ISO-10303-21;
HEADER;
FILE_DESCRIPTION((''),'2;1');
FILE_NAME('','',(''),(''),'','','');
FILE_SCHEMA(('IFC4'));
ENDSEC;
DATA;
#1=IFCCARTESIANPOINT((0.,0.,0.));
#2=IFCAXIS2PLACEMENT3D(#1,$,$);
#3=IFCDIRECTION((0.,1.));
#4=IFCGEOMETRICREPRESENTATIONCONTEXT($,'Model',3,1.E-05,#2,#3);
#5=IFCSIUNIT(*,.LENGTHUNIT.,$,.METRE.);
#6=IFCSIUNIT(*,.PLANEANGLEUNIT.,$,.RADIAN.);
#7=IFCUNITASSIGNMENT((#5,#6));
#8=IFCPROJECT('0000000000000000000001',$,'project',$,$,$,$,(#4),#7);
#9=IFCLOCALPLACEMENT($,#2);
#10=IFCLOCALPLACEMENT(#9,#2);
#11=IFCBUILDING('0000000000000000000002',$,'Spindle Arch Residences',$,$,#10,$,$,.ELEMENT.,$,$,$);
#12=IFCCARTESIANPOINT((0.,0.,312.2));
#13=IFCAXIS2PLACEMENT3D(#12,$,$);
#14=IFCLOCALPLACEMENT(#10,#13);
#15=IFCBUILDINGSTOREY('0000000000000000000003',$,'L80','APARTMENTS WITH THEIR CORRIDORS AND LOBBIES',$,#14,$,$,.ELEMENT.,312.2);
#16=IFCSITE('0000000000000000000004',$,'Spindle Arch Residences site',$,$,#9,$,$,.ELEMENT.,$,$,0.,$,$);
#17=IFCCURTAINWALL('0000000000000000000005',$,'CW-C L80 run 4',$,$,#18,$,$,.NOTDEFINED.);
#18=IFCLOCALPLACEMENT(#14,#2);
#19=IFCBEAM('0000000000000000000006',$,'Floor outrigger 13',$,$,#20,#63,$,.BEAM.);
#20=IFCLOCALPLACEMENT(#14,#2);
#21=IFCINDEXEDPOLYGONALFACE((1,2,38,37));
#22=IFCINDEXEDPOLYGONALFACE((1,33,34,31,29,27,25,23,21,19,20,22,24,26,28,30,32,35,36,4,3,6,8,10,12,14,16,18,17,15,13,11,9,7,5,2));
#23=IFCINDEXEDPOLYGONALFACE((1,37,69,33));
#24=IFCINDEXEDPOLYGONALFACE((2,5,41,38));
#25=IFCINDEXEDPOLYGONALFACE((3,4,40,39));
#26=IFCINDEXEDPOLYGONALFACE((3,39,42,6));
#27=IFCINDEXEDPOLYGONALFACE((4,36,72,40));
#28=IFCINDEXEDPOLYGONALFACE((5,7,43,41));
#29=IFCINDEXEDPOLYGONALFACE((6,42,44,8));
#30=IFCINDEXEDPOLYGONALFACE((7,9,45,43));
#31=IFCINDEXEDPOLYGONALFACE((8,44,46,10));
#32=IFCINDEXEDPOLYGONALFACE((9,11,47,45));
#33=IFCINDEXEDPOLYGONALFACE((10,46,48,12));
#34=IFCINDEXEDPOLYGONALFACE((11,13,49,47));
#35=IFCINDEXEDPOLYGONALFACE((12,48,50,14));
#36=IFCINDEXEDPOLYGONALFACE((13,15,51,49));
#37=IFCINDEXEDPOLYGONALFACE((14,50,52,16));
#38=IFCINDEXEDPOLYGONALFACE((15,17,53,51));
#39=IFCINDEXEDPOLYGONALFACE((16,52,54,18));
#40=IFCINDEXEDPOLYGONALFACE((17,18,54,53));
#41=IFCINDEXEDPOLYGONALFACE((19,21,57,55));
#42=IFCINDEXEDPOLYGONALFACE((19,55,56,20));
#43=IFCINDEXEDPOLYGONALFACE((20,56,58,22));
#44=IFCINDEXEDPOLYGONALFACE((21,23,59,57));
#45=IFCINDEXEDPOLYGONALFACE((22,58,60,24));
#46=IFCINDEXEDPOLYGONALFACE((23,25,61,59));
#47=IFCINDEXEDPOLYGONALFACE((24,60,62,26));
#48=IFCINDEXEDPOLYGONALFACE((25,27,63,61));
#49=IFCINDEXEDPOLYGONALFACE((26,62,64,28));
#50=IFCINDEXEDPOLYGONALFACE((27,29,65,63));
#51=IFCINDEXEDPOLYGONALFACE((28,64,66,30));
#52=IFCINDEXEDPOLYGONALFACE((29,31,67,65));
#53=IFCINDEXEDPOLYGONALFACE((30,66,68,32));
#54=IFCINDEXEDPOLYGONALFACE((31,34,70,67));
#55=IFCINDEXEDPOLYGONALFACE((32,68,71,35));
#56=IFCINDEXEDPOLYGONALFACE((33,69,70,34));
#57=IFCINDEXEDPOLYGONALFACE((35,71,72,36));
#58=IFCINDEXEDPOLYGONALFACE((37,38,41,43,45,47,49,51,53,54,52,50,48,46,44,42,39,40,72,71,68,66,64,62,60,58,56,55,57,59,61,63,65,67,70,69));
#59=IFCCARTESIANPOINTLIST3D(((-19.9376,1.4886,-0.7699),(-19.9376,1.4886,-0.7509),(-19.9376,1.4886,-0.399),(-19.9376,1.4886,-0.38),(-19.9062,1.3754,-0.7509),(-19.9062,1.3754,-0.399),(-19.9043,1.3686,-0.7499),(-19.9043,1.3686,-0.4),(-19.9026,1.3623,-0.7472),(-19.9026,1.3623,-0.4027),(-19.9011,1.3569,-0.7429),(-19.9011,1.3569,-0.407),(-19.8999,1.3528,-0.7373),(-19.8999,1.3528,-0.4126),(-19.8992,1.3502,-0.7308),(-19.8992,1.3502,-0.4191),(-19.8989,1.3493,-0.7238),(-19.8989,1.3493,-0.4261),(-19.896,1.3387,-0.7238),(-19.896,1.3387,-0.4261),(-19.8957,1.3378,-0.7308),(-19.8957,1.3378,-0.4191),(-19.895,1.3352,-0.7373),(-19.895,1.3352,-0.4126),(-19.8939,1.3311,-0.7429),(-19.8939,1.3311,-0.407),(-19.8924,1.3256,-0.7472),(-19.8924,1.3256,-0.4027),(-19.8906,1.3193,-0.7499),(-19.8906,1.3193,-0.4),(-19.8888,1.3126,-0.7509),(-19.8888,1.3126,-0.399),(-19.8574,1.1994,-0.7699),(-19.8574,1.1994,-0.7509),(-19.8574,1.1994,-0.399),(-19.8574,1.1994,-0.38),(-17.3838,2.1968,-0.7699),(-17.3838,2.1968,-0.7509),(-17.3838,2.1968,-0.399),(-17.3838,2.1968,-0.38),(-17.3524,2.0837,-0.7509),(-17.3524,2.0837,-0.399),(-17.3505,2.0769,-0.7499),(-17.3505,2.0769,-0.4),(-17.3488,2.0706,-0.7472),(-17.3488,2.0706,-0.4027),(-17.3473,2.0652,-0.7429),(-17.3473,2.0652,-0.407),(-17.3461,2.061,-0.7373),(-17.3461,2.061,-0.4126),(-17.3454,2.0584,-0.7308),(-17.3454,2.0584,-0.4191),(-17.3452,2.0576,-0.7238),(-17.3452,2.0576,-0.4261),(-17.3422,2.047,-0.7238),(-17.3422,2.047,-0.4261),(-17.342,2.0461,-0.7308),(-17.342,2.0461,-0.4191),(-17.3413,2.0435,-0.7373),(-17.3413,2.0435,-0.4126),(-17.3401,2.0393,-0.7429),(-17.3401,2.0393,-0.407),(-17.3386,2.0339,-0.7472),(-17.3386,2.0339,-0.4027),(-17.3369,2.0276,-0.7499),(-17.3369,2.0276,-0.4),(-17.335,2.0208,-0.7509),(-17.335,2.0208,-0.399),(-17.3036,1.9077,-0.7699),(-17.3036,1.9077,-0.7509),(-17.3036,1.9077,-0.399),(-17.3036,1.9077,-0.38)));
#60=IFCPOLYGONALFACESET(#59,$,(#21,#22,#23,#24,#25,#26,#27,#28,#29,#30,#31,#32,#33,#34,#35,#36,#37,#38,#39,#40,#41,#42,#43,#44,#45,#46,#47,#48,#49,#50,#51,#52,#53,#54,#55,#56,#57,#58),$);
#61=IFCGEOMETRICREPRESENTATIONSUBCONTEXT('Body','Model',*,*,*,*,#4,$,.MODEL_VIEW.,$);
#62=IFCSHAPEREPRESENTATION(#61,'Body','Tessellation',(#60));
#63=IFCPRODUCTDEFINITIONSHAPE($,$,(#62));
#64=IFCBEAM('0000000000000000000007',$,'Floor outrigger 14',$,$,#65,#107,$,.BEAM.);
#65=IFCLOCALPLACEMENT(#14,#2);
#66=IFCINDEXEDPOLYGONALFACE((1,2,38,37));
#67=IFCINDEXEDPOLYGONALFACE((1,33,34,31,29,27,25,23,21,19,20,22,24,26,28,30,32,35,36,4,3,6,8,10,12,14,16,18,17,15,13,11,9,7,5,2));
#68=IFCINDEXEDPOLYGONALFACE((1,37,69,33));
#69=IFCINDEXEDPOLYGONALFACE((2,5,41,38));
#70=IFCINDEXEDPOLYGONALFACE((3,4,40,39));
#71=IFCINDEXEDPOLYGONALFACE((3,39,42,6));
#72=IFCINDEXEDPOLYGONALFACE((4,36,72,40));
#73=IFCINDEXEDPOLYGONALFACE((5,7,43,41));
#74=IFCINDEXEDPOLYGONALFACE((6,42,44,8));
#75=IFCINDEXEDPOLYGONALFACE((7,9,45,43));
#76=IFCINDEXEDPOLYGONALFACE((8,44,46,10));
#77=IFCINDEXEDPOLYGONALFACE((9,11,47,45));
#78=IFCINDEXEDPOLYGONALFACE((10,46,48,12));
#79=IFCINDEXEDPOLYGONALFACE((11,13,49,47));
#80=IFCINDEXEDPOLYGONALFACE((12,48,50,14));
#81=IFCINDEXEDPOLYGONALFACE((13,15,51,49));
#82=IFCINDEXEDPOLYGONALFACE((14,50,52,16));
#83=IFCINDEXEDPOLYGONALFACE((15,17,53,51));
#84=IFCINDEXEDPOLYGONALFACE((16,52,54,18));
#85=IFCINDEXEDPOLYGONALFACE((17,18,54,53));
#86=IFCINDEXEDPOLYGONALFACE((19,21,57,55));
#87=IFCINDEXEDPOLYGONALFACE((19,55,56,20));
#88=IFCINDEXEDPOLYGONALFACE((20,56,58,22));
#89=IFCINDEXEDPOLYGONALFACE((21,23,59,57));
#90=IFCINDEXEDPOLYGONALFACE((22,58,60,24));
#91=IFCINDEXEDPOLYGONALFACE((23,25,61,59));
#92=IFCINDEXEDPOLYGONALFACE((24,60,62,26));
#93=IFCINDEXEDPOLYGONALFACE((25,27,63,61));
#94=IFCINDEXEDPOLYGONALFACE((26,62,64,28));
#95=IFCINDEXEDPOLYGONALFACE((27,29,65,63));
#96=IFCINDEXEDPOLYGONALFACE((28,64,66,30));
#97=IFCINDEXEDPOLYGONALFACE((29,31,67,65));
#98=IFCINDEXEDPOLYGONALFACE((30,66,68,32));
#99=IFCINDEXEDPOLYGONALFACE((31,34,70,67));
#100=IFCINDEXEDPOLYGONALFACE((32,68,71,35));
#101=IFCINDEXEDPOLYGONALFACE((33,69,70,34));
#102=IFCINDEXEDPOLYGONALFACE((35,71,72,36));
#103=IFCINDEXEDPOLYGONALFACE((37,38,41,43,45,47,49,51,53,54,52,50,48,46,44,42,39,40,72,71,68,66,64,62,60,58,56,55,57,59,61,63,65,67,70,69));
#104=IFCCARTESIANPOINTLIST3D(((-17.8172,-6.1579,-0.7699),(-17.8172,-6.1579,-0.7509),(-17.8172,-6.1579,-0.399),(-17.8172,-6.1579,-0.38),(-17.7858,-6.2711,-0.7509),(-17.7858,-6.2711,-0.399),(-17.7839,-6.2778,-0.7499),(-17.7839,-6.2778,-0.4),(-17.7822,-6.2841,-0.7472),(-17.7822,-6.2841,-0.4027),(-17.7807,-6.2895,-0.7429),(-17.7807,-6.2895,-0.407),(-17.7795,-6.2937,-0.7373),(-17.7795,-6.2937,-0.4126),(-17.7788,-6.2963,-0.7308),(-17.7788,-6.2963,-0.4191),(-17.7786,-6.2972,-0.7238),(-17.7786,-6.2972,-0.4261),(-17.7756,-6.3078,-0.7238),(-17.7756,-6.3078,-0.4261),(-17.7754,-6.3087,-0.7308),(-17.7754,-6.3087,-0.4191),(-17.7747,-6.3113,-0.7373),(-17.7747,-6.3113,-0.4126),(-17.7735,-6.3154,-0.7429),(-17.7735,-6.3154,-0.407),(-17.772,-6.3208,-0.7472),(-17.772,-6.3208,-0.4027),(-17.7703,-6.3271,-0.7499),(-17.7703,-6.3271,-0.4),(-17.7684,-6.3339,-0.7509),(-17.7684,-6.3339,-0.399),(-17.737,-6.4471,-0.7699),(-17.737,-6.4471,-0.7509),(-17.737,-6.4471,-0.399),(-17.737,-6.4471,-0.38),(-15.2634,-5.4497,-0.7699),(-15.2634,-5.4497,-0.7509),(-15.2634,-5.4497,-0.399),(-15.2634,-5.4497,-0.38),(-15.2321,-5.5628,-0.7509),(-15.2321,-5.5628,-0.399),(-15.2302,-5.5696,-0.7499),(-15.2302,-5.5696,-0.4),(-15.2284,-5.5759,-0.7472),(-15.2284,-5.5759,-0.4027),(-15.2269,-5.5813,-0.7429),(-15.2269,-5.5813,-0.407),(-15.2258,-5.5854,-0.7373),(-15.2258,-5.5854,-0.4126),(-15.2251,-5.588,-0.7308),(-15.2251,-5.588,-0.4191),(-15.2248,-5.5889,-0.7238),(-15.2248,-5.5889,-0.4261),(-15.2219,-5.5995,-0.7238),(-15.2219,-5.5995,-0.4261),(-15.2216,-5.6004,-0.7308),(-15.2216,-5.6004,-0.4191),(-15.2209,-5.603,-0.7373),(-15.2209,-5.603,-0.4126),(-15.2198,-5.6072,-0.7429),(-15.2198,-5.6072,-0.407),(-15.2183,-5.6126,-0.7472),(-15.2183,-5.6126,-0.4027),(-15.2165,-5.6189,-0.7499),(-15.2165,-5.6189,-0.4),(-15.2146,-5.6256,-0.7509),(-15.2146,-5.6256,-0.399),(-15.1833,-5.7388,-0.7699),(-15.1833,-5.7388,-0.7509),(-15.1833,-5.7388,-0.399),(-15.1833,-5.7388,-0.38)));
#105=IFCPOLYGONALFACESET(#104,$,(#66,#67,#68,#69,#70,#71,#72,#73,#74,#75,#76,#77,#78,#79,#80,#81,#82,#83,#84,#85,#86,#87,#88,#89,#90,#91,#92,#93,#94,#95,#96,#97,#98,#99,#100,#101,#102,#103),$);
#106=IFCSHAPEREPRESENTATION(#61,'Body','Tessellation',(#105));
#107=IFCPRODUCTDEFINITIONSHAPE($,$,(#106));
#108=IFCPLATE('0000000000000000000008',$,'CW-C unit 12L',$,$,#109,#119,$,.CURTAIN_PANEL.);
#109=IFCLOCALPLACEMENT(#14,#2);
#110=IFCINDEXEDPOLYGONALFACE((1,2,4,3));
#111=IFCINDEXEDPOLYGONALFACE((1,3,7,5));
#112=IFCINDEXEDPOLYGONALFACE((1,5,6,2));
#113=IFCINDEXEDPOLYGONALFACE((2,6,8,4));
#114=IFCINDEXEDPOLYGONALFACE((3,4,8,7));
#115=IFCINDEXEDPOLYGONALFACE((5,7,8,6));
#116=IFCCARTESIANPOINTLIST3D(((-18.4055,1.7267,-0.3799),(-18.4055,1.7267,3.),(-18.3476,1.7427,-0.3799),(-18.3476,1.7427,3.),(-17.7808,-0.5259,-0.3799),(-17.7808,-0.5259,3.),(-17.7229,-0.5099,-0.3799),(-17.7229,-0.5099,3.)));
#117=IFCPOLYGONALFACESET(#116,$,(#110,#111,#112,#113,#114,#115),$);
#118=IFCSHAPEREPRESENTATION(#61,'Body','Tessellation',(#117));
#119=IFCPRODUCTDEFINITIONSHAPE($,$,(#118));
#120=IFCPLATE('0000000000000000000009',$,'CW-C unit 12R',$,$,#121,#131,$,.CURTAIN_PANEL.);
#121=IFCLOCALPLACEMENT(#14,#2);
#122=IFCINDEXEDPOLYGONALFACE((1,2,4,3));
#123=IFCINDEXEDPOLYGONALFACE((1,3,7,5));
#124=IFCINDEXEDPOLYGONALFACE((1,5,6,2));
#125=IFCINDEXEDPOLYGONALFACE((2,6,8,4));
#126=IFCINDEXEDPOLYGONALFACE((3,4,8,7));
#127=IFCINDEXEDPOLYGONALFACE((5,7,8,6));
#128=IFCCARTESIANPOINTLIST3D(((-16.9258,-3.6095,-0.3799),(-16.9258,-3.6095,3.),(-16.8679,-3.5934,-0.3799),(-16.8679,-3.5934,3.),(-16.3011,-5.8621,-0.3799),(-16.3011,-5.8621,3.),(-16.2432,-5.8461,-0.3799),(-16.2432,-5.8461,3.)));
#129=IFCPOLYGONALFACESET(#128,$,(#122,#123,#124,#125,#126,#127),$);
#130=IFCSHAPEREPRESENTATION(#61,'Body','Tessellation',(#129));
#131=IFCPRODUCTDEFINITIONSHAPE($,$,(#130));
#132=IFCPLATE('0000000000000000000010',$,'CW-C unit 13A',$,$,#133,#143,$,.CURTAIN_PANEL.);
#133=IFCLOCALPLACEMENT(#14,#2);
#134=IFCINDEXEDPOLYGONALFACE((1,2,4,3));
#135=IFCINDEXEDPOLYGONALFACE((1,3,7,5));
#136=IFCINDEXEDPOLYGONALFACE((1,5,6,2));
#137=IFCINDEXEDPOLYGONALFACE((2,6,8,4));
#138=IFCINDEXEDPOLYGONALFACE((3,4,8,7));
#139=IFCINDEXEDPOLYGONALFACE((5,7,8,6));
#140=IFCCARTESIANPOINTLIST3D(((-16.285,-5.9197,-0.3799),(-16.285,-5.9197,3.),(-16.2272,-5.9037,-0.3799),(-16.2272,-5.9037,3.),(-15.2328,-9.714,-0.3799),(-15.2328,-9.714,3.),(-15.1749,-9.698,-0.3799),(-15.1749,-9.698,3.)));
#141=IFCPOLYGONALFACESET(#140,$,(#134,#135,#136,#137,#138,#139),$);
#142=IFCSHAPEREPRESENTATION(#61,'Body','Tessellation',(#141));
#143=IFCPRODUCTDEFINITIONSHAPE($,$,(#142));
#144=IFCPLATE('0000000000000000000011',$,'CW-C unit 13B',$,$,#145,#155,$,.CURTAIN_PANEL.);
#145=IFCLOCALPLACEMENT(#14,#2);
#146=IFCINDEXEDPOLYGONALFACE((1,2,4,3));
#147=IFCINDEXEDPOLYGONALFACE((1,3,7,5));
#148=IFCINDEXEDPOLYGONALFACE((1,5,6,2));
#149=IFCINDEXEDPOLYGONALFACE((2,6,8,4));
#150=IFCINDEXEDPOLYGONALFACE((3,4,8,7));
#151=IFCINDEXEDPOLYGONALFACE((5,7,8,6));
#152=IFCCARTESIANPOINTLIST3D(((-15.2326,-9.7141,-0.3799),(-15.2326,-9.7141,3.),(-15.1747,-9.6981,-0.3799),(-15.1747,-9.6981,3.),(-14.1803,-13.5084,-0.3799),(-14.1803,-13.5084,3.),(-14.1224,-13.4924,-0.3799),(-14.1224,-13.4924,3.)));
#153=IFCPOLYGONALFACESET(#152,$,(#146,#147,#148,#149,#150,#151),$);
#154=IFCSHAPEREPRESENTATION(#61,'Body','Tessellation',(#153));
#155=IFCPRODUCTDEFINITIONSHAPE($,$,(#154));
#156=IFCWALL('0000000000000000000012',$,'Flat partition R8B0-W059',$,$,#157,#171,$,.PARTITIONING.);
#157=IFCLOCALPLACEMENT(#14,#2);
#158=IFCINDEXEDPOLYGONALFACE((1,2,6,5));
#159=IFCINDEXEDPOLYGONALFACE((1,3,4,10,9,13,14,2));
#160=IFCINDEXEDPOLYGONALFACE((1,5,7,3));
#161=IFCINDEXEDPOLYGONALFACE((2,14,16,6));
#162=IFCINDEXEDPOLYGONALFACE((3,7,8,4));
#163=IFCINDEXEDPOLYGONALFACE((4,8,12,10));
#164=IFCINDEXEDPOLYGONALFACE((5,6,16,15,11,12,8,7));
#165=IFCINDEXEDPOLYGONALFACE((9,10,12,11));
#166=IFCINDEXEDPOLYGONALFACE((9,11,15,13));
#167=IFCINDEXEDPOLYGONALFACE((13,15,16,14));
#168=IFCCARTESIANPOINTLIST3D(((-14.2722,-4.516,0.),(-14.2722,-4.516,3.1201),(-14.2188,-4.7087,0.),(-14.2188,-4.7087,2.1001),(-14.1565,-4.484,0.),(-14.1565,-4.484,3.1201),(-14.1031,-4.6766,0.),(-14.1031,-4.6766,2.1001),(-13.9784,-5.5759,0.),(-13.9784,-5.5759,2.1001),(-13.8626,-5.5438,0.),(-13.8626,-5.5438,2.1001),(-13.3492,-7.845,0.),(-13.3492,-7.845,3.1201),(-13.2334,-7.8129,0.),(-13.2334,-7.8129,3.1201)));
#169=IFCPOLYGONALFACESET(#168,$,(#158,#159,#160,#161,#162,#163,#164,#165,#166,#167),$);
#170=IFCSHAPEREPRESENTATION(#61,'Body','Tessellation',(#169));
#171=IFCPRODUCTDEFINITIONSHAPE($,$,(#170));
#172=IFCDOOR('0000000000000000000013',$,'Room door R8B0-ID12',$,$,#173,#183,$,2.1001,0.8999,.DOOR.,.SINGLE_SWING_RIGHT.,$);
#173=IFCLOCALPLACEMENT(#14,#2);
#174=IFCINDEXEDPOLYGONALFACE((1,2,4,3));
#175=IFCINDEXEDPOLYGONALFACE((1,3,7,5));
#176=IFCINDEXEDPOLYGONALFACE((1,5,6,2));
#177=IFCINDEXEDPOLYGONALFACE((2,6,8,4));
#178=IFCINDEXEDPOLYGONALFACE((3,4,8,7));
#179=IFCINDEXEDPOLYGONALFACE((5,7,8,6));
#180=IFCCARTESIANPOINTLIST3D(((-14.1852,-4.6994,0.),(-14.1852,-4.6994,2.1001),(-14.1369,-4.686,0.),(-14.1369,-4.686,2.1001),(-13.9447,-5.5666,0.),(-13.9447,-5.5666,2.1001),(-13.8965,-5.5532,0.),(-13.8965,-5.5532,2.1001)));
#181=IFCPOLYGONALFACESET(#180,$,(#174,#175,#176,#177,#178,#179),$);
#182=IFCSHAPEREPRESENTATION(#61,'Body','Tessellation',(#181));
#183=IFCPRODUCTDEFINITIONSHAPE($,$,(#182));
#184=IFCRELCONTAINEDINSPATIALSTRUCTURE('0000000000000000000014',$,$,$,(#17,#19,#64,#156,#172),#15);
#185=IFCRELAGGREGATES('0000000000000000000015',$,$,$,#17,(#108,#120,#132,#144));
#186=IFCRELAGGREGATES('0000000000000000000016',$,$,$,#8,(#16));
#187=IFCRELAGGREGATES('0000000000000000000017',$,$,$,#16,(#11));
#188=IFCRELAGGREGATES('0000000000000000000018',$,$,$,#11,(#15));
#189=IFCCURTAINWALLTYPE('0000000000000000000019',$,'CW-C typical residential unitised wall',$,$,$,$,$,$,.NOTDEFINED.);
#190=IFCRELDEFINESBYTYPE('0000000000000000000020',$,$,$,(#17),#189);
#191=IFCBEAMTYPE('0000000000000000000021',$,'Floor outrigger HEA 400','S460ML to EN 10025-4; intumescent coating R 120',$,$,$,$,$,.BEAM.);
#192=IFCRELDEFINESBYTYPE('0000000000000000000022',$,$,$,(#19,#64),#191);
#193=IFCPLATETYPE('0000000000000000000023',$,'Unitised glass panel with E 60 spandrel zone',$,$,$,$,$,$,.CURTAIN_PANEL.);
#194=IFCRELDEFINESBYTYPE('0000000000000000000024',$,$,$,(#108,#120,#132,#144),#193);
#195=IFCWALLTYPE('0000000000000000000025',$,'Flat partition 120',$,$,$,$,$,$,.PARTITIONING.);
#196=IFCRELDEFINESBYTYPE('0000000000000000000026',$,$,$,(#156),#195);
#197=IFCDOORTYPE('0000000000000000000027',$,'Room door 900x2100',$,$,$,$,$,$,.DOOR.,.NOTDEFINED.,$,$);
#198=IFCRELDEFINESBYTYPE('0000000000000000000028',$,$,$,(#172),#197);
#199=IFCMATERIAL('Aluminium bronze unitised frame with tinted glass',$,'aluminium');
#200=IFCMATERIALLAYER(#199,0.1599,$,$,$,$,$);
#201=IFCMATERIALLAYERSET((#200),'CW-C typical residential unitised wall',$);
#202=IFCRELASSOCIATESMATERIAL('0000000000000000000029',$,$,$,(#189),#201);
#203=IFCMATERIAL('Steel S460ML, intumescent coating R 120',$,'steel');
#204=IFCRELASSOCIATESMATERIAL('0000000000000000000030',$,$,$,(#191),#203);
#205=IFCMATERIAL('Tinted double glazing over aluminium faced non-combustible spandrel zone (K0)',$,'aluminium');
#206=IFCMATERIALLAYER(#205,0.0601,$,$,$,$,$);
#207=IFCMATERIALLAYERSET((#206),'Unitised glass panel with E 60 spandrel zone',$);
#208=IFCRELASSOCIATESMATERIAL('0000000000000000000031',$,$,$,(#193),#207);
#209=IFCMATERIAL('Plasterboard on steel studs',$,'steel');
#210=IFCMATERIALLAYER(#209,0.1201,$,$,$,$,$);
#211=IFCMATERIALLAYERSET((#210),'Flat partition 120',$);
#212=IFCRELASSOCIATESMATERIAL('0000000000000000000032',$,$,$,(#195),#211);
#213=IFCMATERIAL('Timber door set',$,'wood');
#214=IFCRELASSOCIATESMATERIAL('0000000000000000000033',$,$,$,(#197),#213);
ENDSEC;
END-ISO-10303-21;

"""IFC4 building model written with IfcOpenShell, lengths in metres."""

from ifc_helpers import new_model, si_unit, direction, frame, frame_2d, origin, origin_2d, place, context, subcontext, project, spatial, rectangle, i_section, extrude, material, layer, layer_set, material_profile, profile_set, type_object, element, fill, aggregate, save


model = new_model("IFC4")

# Units and contexts
model_context = context("Model", 3, precision=1e-05, world=origin(), true_north=direction((0.0, 1.0)))
body_context = subcontext(model_context, "Body", "Model", "MODEL_VIEW")
ifc_project = project(units=[si_unit("LENGTHUNIT", "METRE"), si_unit("PLANEANGLEUNIT", "RADIAN")], contexts=[model_context])

# Site, building, storey
site_placement = place(None, origin())
site = spatial("IfcSite", under=ifc_project, at=site_placement, Name="Spindle Arch Residences site", CompositionType="ELEMENT", RefElevation=0.0)
building_placement = place(site_placement, origin())
building = spatial("IfcBuilding", under=site, at=building_placement, Name="Spindle Arch Residences", CompositionType="ELEMENT")
storey_placement = place(building_placement, frame((0.0, 0.0, 312.2)))
storey = spatial("IfcBuildingStorey", under=building, at=storey_placement, Name="L80", Description="APARTMENTS WITH THEIR CORRIDORS AND LOBBIES", CompositionType="ELEMENT", Elevation=312.2)

# Curtain wall
ifc_material_1 = material(Name="Aluminium bronze unitised frame with tinted glass", Category="aluminium")
ifc_layer_1 = layer(ifc_material_1, 0.1599)
ifc_layer_set_1 = layer_set([ifc_layer_1], Name="CW-C typical residential unitised wall")
curtain_wall_type_1 = type_object("IfcCurtainWallType", Name="CW-C typical residential unitised wall", PredefinedType="NOTDEFINED", material=ifc_layer_set_1)
curtain_wall_1_placement = place(storey_placement, origin())
curtain_wall_1 = element("IfcCurtainWall", 1, at=curtain_wall_1_placement, inside=storey, type_object=curtain_wall_type_1, Name="CW-C L80 run 4", PredefinedType="NOTDEFINED")

# Beams
ifc_material_2 = material(Name="Steel S460ML, intumescent coating R 120", Category="steel")
ifc_material_profile_1 = material_profile(ifc_material_2, i_section(OverallWidth=0.3, OverallDepth=0.3899, WebThickness=0.011, FlangeThickness=0.019, FilletRadius=0.0271, at=origin_2d()), Name="HEA 400")
ifc_profile_set_1 = profile_set([ifc_material_profile_1], Name="Steel S460ML, intumescent coating R 120")
beam_type_1 = type_object("IfcBeamType", Name="Floor outrigger HEA 400", Description="S460ML to EN 10025-4; intumescent coating R 120", PredefinedType="BEAM", material=ifc_profile_set_1)
for number, where, z_axis, x_axis, name in (
    (2, (-19.8975, 1.344, -0.575), (0.963626, 0.267254, 0.0), (-0.267254, 0.963626, 0.0), "Floor outrigger 13"),
    (3, (-17.7771, -6.3025, -0.575), (0.963626, 0.267254, 0.0), (-0.267254, 0.963626, 0.0), "Floor outrigger 14"),
):
    element("IfcBeam", number, at=place(storey_placement, frame(where, z_axis=z_axis, x_axis=x_axis)), inside=storey, type_object=beam_type_1, Name=name, PredefinedType="BEAM", context=body_context, shape_type="SweptSolid", body=[
        extrude(i_section(OverallWidth=0.3, OverallDepth=0.3899, WebThickness=0.011, FlangeThickness=0.019, FilletRadius=0.0271, at=origin_2d()), origin(), (0.0, 0.0, 1.0), 2.6501),
    ])

# Plates
ifc_material_3 = material(Name="Tinted double glazing over aluminium faced non-combustible spandrel zone (K0)", Category="aluminium")
ifc_layer_2 = layer(ifc_material_3, 0.0601)
ifc_layer_set_2 = layer_set([ifc_layer_2], Name="Unitised glass panel with E 60 spandrel zone")
plate_type = type_object("IfcPlateType", Name="Unitised glass panel with E 60 spandrel zone", PredefinedType="CURTAIN_PANEL", material=ifc_layer_set_2)
plate_1_placement = place(storey_placement, frame((-18.0642, 0.6084, -0.3799), z_axis=(0.0, 0.0, 1.0), x_axis=(0.267238, -0.96363, 0.0)))
plate_1 = element("IfcPlate", 4, at=plate_1_placement, type_object=plate_type, Name="CW-C unit 12L", PredefinedType="CURTAIN_PANEL", context=body_context, shape_type="SweptSolid", body=[
    extrude(rectangle(XDim=2.3376, YDim=0.0601, at=origin_2d()), origin(), (0.0, 0.0, 1.0), 3.3799),
])
plate_2_placement = place(storey_placement, frame((-16.5845, -4.7278, -0.3799), z_axis=(0.0, 0.0, 1.0), x_axis=(0.267238, -0.96363, 0.0)))
plate_2 = element("IfcPlate", 5, at=plate_2_placement, type_object=plate_type, Name="CW-C unit 12R", PredefinedType="CURTAIN_PANEL", context=body_context, shape_type="SweptSolid", body=[
    extrude(rectangle(XDim=2.3376, YDim=0.0601, at=origin_2d()), origin(), (0.0, 0.0, 1.0), 3.3799),
])
plate_3_placement = place(storey_placement, frame((-15.73, -7.8088, -0.3799), z_axis=(0.0, 0.0, 1.0), x_axis=(0.267238, -0.96363, 0.0)))
plate_3 = element("IfcPlate", 6, at=plate_3_placement, type_object=plate_type, Name="CW-C unit 13A", PredefinedType="CURTAIN_PANEL", context=body_context, shape_type="SweptSolid", body=[
    extrude(rectangle(XDim=3.9375, YDim=0.0601, at=origin_2d()), origin(), (0.0, 0.0, 1.0), 3.3799),
])
plate_4_placement = place(storey_placement, frame((-14.6775, -11.6033, -0.3799), z_axis=(0.0, 0.0, 1.0), x_axis=(0.267238, -0.96363, 0.0)))
plate_4 = element("IfcPlate", 7, at=plate_4_placement, type_object=plate_type, Name="CW-C unit 13B", PredefinedType="CURTAIN_PANEL", context=body_context, shape_type="SweptSolid", body=[
    extrude(rectangle(XDim=3.9375, YDim=0.0601, at=origin_2d()), origin(), (0.0, 0.0, 1.0), 3.3799),
])
aggregate(curtain_wall_1, [plate_1, plate_2, plate_3, plate_4])

# Wall, opening, door
ifc_material_4 = material(Name="Plasterboard on steel studs", Category="steel")
ifc_layer_3 = layer(ifc_material_4, 0.1201)
ifc_layer_set_3 = layer_set([ifc_layer_3], Name="Flat partition 120")
wall_type_1 = type_object("IfcWallType", Name="Flat partition 120", PredefinedType="PARTITIONING", material=ifc_layer_set_3)
wall_1_placement = place(storey_placement, frame((-14.2144, -4.5, 0.0), z_axis=(0.0, 0.0, 1.0), x_axis=(0.267199, -0.963641, 0.0)))
wall_1 = element("IfcWall", 8, at=wall_1_placement, inside=storey, type_object=wall_type_1, Name="Flat partition R8B0-W059", PredefinedType="PARTITIONING", context=body_context, shape_type="SweptSolid", body=[
    extrude(rectangle(XDim=3.4546, YDim=0.1201, at=frame_2d((1.7273, 0.0))), origin(), (0.0, 0.0, 1.0), 3.1201),
])
opening_1_placement = place(wall_1_placement, frame((0.2, 0.0, 0.0)))
opening_1 = element("IfcOpeningElement", 9, at=opening_1_placement, cuts=wall_1, PredefinedType="OPENING", context=body_context, shape_type="SweptSolid", body=[
    extrude(rectangle(XDim=0.8999, YDim=2.1001, at=frame_2d((0.45, 1.05))), frame((0.0, 0.0701, 0.0), z_axis=(0.0, -1.0, 0.0), x_axis=(1.0, 0.0, 0.0)), (0.0, 0.0, 1.0), 0.1401),
])
ifc_material_5 = material(Name="Timber door set", Category="wood")
door_type_1 = type_object("IfcDoorType", Name="Room door 900x2100", OperationType="NOTDEFINED", PredefinedType="DOOR", material=ifc_material_5)
door_1_placement = place(opening_1_placement, origin())
door_1 = element("IfcDoor", 10, at=door_1_placement, inside=storey, type_object=door_type_1, Name="Room door R8B0-ID12", OperationType="SINGLE_SWING_RIGHT", OverallHeight=2.1001, OverallWidth=0.8999, PredefinedType="DOOR", context=body_context, shape_type="SweptSolid", body=[
    extrude(rectangle(XDim=0.8999, YDim=2.1001, at=frame_2d((0.45, 1.05))), frame((0.0, 0.0249, 0.0), z_axis=(0.0, -1.0, 0.0), x_axis=(1.0, 0.0, 0.0)), (0.0, 0.0, 1.0), 0.05),
])
fill(opening_1, door_1)

save(model, "model.ifc")
